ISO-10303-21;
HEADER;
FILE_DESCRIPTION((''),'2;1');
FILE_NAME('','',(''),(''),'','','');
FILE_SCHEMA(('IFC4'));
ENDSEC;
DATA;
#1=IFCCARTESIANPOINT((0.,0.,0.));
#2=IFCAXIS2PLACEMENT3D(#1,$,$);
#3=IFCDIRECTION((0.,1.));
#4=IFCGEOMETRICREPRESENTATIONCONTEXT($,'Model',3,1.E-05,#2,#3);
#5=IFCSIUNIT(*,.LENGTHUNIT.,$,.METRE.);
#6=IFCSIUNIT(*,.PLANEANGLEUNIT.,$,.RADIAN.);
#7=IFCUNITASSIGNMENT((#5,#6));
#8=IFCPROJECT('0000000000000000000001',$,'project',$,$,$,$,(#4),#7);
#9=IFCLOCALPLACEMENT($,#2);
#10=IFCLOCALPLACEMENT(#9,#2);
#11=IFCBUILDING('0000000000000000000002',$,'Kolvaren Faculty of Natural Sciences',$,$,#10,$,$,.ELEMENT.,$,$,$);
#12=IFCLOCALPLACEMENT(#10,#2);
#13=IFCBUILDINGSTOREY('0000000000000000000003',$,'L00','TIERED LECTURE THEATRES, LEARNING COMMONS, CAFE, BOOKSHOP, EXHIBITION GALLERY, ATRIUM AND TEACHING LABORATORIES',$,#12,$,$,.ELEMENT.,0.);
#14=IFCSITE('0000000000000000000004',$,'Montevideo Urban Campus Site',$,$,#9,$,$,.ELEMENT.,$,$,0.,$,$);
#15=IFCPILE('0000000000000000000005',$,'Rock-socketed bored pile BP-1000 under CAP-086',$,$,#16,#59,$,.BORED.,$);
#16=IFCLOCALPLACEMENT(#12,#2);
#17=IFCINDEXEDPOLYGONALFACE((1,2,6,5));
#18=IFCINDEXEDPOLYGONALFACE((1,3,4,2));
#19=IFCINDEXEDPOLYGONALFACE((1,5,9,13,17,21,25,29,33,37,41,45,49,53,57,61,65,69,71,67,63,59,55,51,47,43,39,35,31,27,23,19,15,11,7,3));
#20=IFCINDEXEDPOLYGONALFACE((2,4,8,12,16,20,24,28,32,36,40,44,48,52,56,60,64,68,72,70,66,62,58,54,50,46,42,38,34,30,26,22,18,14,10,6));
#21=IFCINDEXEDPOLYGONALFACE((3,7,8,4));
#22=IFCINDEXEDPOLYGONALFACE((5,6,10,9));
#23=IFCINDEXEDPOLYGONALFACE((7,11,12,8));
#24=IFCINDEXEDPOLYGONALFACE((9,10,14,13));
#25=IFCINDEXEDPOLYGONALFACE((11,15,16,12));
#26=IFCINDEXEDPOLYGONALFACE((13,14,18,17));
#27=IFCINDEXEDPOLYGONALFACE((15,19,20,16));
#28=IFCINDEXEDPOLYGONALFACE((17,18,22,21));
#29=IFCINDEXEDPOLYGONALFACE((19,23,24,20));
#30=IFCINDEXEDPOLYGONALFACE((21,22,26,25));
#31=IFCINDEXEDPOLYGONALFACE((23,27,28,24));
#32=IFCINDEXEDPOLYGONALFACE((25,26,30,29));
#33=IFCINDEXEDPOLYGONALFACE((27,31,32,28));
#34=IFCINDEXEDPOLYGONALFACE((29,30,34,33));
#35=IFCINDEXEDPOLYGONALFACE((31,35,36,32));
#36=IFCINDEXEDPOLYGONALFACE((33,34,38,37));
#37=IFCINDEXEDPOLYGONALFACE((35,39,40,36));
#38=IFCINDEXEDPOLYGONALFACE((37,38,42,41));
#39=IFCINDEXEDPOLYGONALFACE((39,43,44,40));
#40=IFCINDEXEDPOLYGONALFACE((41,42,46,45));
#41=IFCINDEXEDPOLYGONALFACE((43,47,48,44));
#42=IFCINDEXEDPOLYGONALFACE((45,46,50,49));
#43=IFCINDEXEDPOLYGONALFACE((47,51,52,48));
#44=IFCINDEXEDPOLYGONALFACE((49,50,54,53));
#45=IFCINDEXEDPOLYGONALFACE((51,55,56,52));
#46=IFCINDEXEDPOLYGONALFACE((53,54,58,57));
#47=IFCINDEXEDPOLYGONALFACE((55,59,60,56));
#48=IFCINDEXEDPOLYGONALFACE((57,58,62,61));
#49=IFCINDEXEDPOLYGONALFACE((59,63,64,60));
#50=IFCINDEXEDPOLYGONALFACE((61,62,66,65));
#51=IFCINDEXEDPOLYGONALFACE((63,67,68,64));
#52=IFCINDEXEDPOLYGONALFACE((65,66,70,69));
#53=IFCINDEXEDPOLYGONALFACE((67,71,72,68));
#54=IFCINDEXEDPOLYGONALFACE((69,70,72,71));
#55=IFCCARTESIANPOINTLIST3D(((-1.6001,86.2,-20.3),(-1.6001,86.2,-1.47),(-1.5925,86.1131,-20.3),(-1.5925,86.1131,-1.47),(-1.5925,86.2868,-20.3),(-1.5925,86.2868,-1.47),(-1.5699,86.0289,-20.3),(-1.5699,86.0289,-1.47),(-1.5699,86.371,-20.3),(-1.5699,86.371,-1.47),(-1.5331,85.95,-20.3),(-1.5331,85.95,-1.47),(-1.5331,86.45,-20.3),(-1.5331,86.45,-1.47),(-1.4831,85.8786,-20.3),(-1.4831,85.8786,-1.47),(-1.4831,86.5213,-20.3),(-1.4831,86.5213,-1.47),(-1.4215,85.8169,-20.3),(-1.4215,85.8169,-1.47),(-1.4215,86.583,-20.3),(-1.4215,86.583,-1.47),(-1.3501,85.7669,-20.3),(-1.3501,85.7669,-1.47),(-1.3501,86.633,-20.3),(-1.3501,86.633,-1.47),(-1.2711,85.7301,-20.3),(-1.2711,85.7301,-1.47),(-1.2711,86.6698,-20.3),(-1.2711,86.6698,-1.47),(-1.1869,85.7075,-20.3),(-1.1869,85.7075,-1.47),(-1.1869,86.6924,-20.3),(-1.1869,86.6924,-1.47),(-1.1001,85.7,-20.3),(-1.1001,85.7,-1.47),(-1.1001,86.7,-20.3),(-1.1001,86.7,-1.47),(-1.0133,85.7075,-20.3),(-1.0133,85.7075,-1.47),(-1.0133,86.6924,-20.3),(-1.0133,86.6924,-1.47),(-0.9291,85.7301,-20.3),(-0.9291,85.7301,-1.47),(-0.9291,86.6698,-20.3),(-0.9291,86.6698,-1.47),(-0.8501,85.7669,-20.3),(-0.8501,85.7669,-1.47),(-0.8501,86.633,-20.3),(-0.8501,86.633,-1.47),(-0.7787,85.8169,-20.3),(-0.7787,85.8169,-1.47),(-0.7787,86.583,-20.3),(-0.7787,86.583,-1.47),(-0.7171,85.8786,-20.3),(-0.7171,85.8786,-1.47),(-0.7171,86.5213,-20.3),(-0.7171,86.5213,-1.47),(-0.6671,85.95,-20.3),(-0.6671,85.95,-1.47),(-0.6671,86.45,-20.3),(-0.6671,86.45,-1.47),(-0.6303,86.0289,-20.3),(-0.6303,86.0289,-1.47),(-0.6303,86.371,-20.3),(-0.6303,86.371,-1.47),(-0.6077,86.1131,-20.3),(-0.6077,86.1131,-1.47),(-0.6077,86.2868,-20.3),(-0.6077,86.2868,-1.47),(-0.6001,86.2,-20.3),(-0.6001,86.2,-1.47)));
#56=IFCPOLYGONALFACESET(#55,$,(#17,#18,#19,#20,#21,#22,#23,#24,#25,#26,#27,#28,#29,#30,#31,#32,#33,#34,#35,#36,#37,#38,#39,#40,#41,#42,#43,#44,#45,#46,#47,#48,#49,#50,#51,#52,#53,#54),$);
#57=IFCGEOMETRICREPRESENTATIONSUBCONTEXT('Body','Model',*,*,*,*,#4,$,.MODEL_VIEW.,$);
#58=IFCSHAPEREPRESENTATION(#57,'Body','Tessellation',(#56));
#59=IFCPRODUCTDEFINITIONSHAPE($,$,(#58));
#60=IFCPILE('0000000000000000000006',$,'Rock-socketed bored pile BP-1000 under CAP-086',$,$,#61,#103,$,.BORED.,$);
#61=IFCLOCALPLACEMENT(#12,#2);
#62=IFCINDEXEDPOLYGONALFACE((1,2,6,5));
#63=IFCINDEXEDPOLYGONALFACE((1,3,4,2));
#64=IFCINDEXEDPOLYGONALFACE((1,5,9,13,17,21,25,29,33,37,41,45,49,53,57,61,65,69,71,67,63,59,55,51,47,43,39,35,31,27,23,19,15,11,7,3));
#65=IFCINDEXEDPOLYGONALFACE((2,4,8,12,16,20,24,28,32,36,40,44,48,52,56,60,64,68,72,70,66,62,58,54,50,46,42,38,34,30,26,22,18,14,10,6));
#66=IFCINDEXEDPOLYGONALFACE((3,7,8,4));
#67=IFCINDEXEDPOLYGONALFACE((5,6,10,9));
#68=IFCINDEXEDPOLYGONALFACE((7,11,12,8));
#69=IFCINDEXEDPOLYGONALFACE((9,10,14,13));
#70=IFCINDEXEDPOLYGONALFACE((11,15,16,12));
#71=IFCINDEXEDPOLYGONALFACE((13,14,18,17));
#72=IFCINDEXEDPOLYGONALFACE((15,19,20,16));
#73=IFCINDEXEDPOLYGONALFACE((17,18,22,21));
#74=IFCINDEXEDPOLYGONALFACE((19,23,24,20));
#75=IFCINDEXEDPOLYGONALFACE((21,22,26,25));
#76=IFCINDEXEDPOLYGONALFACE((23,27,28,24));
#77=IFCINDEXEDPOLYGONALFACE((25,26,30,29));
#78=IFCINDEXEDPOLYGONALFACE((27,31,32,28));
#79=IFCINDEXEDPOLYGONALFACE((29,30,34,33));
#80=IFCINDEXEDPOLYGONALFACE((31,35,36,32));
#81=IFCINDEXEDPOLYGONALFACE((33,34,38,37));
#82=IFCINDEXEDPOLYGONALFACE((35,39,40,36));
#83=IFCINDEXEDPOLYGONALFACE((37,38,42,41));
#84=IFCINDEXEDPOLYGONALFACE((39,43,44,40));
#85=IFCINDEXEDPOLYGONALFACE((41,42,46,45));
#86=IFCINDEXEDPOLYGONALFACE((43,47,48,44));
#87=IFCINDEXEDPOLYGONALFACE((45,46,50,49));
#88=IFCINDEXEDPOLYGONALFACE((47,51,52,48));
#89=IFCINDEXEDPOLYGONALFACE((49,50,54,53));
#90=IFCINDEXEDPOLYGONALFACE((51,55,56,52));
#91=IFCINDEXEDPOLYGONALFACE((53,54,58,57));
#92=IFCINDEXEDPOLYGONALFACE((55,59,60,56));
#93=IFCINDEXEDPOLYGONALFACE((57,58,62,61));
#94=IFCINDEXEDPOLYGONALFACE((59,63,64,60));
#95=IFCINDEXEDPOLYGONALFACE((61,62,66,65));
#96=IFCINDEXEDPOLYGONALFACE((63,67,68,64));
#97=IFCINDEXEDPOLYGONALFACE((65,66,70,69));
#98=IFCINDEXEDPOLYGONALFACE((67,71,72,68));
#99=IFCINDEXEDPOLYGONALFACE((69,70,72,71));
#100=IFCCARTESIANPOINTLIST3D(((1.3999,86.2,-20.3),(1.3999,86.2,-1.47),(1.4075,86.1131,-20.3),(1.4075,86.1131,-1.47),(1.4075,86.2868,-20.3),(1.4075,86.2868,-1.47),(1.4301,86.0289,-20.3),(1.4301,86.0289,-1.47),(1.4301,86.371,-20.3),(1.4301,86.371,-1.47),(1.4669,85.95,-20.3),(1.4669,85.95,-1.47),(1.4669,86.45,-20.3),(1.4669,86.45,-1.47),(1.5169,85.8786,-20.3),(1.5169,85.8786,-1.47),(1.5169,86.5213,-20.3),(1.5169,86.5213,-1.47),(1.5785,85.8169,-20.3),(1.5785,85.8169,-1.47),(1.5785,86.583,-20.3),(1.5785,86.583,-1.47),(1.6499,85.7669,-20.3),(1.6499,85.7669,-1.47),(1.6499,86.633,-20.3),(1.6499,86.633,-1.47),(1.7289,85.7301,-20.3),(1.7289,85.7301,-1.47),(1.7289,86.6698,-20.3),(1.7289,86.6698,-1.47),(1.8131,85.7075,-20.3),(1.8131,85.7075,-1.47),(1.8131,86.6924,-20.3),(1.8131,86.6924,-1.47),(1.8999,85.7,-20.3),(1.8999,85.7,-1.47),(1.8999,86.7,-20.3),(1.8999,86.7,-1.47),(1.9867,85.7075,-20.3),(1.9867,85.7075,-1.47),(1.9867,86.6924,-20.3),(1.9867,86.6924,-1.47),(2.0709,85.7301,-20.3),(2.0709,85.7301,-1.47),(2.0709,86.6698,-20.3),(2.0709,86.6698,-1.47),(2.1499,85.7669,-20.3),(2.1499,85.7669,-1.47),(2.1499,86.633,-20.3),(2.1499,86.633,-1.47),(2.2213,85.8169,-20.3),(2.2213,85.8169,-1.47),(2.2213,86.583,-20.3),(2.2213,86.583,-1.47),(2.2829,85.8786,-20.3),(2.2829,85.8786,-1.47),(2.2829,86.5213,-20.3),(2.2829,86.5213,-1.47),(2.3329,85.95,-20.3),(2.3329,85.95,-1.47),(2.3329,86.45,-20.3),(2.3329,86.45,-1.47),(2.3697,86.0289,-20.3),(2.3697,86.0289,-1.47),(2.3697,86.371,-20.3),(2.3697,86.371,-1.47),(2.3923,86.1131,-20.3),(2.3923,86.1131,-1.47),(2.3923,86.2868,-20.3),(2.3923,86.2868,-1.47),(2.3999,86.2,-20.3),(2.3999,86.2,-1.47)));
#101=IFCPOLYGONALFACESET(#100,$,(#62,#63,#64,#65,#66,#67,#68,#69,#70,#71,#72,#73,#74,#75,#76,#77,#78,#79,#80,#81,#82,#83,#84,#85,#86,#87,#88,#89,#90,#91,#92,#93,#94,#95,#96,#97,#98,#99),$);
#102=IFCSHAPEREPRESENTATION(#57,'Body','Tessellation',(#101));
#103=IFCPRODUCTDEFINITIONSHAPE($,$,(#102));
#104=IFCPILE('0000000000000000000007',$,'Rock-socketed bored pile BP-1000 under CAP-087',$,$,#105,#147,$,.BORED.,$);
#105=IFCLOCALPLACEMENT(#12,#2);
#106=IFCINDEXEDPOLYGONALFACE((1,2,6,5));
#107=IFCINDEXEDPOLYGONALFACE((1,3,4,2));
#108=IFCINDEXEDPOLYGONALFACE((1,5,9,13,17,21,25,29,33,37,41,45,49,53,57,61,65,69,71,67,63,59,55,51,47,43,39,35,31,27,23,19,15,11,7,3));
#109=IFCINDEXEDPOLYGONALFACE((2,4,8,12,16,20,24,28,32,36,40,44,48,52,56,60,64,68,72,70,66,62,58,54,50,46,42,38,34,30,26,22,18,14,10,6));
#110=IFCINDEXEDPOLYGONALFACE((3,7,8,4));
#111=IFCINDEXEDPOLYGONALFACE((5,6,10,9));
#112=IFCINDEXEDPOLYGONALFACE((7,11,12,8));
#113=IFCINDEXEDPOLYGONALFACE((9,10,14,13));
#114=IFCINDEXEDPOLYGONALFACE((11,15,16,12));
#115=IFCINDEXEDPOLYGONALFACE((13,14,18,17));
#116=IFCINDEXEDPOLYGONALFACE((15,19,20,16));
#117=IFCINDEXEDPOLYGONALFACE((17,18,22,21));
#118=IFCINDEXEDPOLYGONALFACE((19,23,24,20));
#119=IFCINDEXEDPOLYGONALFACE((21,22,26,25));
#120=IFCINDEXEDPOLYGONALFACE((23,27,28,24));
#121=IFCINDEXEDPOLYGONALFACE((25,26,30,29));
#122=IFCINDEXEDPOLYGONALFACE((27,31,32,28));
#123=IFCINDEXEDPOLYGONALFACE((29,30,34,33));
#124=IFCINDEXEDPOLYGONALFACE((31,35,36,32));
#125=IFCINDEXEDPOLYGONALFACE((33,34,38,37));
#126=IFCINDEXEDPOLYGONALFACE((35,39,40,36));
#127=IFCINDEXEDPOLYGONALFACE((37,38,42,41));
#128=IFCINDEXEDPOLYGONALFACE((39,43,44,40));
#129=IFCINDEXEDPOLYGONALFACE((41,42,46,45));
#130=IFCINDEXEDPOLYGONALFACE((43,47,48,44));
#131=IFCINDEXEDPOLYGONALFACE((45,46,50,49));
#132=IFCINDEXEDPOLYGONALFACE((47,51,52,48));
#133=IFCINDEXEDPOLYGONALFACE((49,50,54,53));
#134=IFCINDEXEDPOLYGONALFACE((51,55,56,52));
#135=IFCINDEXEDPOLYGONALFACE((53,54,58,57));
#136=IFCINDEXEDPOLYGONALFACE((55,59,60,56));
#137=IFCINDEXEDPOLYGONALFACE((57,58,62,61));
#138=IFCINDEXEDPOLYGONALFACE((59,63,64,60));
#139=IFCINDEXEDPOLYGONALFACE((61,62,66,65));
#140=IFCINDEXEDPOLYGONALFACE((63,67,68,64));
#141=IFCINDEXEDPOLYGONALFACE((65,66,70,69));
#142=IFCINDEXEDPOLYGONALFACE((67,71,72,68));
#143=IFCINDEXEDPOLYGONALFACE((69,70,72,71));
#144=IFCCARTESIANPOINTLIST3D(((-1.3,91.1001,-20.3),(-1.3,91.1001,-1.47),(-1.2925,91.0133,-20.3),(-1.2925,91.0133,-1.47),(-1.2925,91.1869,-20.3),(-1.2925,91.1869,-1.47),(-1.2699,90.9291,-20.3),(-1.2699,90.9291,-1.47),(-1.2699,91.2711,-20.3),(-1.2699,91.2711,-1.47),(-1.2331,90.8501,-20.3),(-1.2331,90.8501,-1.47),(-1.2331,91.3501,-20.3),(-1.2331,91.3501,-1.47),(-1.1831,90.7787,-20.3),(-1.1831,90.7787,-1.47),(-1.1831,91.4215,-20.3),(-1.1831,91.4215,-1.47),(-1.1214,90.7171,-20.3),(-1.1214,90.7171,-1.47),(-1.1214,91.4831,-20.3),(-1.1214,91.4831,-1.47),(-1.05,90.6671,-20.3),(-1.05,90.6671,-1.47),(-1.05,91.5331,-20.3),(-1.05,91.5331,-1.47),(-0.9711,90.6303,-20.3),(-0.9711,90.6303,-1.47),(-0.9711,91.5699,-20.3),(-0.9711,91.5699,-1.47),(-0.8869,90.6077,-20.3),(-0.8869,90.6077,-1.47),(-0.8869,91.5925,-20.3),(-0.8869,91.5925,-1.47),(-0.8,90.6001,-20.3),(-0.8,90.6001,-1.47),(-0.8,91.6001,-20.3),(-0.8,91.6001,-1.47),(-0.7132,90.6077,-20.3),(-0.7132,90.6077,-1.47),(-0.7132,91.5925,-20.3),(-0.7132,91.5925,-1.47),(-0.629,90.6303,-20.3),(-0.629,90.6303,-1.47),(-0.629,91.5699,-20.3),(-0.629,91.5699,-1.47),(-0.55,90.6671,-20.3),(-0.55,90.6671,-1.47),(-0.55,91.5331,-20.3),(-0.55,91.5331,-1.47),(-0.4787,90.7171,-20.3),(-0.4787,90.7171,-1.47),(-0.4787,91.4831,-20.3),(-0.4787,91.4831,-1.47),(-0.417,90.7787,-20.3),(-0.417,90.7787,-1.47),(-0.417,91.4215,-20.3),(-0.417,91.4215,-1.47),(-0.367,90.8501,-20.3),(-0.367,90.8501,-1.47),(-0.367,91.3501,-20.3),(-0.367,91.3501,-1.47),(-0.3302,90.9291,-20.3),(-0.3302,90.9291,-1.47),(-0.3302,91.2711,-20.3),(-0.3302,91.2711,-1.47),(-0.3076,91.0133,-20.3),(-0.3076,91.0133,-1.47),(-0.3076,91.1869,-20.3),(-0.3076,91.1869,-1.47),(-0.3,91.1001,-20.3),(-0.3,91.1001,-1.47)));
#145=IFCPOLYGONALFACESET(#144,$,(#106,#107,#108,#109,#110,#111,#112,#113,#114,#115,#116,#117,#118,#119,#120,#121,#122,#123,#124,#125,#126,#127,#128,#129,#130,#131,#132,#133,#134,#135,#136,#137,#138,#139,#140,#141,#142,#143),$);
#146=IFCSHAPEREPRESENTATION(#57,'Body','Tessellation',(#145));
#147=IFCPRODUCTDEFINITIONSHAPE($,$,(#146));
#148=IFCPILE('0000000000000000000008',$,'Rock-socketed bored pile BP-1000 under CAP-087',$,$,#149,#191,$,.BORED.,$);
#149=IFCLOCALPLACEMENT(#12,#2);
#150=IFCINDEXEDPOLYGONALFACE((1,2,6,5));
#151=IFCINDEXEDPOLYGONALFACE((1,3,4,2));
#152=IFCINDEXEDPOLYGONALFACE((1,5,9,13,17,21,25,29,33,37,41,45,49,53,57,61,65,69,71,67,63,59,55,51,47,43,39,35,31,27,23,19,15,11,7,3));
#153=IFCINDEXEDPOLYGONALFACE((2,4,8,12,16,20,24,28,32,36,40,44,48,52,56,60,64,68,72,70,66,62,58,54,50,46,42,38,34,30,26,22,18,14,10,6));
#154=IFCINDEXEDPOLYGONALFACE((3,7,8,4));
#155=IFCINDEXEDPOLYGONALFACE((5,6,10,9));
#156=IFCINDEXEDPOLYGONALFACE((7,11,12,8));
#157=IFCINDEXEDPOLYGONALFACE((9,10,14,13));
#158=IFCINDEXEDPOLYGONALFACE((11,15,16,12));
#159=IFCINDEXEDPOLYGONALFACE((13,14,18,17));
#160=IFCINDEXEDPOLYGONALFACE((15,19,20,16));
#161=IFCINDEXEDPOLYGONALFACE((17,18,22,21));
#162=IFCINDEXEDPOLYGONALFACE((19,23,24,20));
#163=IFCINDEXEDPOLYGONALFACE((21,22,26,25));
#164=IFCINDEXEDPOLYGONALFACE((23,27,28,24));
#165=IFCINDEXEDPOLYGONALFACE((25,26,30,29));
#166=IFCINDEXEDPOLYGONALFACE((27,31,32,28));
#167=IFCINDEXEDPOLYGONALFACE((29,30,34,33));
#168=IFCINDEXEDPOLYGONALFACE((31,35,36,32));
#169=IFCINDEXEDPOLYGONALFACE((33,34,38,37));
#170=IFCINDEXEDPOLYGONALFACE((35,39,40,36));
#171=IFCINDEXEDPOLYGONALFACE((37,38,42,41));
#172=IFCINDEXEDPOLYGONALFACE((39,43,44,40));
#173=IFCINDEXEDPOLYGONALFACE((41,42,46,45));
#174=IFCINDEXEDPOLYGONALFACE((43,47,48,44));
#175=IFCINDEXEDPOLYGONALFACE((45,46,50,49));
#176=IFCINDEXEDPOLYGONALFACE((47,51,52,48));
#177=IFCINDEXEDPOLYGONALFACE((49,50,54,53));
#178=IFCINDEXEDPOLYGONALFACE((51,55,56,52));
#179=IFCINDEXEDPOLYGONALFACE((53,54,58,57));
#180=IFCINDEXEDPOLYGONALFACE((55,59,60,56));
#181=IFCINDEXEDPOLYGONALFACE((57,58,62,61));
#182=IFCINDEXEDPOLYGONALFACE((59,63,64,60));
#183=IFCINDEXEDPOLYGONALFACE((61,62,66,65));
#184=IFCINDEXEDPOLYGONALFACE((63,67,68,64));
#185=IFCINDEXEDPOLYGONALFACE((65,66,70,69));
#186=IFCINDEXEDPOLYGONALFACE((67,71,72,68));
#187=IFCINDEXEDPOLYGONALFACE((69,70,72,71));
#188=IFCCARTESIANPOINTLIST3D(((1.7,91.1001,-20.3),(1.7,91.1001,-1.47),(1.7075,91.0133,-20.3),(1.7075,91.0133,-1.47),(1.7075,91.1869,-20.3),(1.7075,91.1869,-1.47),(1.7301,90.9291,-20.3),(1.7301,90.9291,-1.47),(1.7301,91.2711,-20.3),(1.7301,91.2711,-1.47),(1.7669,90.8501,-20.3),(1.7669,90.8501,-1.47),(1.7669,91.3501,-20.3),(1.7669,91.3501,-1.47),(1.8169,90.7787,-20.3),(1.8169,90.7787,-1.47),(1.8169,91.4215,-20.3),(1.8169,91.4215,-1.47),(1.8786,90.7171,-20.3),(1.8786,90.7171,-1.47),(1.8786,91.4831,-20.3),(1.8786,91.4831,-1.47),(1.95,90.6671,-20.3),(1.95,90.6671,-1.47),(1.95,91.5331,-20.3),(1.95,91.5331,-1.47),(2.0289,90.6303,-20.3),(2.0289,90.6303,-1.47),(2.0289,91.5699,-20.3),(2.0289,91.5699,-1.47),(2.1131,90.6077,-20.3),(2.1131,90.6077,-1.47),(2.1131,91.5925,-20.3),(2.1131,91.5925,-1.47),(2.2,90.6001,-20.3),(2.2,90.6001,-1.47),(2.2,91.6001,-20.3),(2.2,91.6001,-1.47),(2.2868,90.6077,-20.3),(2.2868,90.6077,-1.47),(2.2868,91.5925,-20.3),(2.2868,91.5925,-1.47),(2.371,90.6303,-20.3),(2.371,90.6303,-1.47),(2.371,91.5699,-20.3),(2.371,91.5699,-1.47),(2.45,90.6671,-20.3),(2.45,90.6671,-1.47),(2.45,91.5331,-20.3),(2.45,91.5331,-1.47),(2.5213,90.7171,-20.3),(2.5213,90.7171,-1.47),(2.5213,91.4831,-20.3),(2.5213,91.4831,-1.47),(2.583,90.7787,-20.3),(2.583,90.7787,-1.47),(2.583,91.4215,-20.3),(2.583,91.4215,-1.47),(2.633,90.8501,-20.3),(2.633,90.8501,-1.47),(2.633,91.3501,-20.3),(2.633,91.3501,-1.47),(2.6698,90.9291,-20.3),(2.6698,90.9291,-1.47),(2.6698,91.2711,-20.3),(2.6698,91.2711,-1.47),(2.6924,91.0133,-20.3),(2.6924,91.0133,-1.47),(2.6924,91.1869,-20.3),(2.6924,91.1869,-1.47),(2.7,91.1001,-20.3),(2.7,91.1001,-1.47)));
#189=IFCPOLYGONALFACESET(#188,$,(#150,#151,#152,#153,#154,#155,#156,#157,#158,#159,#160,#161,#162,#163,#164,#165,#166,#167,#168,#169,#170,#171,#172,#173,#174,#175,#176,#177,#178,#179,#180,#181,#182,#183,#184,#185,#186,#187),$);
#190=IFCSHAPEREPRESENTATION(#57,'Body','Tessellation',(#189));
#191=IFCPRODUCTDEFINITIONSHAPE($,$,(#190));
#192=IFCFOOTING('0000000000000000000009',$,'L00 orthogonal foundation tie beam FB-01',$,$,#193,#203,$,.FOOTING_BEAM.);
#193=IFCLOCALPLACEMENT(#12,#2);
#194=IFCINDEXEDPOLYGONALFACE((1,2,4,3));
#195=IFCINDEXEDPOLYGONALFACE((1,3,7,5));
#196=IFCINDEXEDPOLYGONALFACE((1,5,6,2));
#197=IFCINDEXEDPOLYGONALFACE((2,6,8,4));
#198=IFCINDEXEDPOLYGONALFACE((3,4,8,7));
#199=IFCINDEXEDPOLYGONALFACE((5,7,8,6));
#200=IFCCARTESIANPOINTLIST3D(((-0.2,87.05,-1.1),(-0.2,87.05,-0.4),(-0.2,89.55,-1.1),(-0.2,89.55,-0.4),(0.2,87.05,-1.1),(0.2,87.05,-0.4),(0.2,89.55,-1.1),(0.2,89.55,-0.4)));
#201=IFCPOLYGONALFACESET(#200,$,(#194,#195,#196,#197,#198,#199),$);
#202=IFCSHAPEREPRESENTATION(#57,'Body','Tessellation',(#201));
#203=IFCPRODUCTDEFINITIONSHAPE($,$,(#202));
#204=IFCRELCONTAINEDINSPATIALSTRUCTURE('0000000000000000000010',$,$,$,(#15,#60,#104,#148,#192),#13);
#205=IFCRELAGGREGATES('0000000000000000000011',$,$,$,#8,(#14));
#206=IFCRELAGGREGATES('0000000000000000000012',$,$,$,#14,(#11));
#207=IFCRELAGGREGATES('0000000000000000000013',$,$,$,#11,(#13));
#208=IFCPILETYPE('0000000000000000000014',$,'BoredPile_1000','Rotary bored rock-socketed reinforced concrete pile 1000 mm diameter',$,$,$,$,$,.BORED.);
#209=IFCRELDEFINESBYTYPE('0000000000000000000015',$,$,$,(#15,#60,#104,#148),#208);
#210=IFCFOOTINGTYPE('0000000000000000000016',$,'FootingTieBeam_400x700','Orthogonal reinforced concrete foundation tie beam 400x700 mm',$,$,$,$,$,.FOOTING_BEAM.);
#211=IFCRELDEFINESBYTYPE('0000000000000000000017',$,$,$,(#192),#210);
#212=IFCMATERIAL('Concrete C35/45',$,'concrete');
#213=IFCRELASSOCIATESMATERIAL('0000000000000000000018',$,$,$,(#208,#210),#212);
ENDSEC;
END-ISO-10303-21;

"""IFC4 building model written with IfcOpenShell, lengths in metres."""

from ifc_helpers import new_model, si_unit, direction, frame, origin, origin_2d, place, context, subcontext, project, spatial, rectangle, circle, extrude, material, material_profile, profile_set, type_object, element, save


model = new_model("IFC4")

# Units and contexts
model_context = context("Model", 3, precision=1e-05, world=origin(), true_north=direction((0.0, 1.0)))
body_context = subcontext(model_context, "Body", "Model", "MODEL_VIEW")
ifc_project = project(units=[si_unit("LENGTHUNIT", "METRE"), si_unit("PLANEANGLEUNIT", "RADIAN")], contexts=[model_context])

# Site, building, storey
site_placement = place(None, origin())
site = spatial("IfcSite", under=ifc_project, at=site_placement, Name="Montevideo Urban Campus Site", CompositionType="ELEMENT", RefElevation=0.0)
building_placement = place(site_placement, origin())
building = spatial("IfcBuilding", under=site, at=building_placement, Name="Kolvaren Faculty of Natural Sciences", CompositionType="ELEMENT")
storey_placement = place(building_placement, origin())
storey = spatial("IfcBuildingStorey", under=building, at=storey_placement, Name="L00", Description="TIERED LECTURE THEATRES, LEARNING COMMONS, CAFE, BOOKSHOP, EXHIBITION GALLERY, ATRIUM AND TEACHING LABORATORIES", CompositionType="ELEMENT", Elevation=0.0)

# Piles
ifc_material_1 = material(Name="Concrete C35/45", Category="concrete")
ifc_material_profile_1 = material_profile(ifc_material_1, circle(Radius=0.5, at=origin_2d()), Name="PILE D1000")
ifc_profile_set_1 = profile_set([ifc_material_profile_1], Name="Concrete C35/45")
pile_type = type_object("IfcPileType", Name="BoredPile_1000", Description="Rotary bored rock-socketed reinforced concrete pile 1000 mm diameter", PredefinedType="BORED", material=ifc_profile_set_1)
for number, where, z_axis, x_axis, name in (
    (1, (-1.1001, 86.2, -1.47), (0.0, 0.0, -1.0), (1.0, 0.0, 0.0), "Rock-socketed bored pile BP-1000 under CAP-086"),
    (2, (1.8999, 86.2, -1.47), (0.0, 0.0, -1.0), (1.0, 0.0, 0.0), "Rock-socketed bored pile BP-1000 under CAP-086"),
    (3, (-0.8, 91.1001, -1.47), (0.0, 0.0, -1.0), (1.0, 0.0, 0.0), "Rock-socketed bored pile BP-1000 under CAP-087"),
    (4, (2.2, 91.1001, -1.47), (0.0, 0.0, -1.0), (1.0, 0.0, 0.0), "Rock-socketed bored pile BP-1000 under CAP-087"),
):
    element("IfcPile", number, at=place(storey_placement, frame(where, z_axis=z_axis, x_axis=x_axis)), inside=storey, type_object=pile_type, Name=name, PredefinedType="BORED", context=body_context, shape_type="SweptSolid", body=[
        extrude(circle(Radius=0.5, at=origin_2d()), origin(), (0.0, 0.0, 1.0), 18.8301),
    ])

# Footing
ifc_material_profile_2 = material_profile(ifc_material_1, rectangle(XDim=0.3999, YDim=0.7, at=origin_2d()), Name="RC FB 400x700")
ifc_profile_set_2 = profile_set([ifc_material_profile_2], Name="Concrete C35/45")
footing_type_1 = type_object("IfcFootingType", Name="FootingTieBeam_400x700", Description="Orthogonal reinforced concrete foundation tie beam 400x700 mm", PredefinedType="FOOTING_BEAM", material=ifc_profile_set_2)
footing_1_placement = place(storey_placement, frame((0.0, 87.05, -0.75), z_axis=(0.0, 1.0, 0.0), x_axis=(-1.0, 0.0, 0.0)))
element("IfcFooting", 5, at=footing_1_placement, inside=storey, type_object=footing_type_1, Name="L00 orthogonal foundation tie beam FB-01", PredefinedType="FOOTING_BEAM", context=body_context, shape_type="SweptSolid", body=[
    extrude(rectangle(XDim=0.3999, YDim=0.7, at=origin_2d()), origin(), (0.0, 0.0, 1.0), 2.5),
])

save(model, "model.ifc")
